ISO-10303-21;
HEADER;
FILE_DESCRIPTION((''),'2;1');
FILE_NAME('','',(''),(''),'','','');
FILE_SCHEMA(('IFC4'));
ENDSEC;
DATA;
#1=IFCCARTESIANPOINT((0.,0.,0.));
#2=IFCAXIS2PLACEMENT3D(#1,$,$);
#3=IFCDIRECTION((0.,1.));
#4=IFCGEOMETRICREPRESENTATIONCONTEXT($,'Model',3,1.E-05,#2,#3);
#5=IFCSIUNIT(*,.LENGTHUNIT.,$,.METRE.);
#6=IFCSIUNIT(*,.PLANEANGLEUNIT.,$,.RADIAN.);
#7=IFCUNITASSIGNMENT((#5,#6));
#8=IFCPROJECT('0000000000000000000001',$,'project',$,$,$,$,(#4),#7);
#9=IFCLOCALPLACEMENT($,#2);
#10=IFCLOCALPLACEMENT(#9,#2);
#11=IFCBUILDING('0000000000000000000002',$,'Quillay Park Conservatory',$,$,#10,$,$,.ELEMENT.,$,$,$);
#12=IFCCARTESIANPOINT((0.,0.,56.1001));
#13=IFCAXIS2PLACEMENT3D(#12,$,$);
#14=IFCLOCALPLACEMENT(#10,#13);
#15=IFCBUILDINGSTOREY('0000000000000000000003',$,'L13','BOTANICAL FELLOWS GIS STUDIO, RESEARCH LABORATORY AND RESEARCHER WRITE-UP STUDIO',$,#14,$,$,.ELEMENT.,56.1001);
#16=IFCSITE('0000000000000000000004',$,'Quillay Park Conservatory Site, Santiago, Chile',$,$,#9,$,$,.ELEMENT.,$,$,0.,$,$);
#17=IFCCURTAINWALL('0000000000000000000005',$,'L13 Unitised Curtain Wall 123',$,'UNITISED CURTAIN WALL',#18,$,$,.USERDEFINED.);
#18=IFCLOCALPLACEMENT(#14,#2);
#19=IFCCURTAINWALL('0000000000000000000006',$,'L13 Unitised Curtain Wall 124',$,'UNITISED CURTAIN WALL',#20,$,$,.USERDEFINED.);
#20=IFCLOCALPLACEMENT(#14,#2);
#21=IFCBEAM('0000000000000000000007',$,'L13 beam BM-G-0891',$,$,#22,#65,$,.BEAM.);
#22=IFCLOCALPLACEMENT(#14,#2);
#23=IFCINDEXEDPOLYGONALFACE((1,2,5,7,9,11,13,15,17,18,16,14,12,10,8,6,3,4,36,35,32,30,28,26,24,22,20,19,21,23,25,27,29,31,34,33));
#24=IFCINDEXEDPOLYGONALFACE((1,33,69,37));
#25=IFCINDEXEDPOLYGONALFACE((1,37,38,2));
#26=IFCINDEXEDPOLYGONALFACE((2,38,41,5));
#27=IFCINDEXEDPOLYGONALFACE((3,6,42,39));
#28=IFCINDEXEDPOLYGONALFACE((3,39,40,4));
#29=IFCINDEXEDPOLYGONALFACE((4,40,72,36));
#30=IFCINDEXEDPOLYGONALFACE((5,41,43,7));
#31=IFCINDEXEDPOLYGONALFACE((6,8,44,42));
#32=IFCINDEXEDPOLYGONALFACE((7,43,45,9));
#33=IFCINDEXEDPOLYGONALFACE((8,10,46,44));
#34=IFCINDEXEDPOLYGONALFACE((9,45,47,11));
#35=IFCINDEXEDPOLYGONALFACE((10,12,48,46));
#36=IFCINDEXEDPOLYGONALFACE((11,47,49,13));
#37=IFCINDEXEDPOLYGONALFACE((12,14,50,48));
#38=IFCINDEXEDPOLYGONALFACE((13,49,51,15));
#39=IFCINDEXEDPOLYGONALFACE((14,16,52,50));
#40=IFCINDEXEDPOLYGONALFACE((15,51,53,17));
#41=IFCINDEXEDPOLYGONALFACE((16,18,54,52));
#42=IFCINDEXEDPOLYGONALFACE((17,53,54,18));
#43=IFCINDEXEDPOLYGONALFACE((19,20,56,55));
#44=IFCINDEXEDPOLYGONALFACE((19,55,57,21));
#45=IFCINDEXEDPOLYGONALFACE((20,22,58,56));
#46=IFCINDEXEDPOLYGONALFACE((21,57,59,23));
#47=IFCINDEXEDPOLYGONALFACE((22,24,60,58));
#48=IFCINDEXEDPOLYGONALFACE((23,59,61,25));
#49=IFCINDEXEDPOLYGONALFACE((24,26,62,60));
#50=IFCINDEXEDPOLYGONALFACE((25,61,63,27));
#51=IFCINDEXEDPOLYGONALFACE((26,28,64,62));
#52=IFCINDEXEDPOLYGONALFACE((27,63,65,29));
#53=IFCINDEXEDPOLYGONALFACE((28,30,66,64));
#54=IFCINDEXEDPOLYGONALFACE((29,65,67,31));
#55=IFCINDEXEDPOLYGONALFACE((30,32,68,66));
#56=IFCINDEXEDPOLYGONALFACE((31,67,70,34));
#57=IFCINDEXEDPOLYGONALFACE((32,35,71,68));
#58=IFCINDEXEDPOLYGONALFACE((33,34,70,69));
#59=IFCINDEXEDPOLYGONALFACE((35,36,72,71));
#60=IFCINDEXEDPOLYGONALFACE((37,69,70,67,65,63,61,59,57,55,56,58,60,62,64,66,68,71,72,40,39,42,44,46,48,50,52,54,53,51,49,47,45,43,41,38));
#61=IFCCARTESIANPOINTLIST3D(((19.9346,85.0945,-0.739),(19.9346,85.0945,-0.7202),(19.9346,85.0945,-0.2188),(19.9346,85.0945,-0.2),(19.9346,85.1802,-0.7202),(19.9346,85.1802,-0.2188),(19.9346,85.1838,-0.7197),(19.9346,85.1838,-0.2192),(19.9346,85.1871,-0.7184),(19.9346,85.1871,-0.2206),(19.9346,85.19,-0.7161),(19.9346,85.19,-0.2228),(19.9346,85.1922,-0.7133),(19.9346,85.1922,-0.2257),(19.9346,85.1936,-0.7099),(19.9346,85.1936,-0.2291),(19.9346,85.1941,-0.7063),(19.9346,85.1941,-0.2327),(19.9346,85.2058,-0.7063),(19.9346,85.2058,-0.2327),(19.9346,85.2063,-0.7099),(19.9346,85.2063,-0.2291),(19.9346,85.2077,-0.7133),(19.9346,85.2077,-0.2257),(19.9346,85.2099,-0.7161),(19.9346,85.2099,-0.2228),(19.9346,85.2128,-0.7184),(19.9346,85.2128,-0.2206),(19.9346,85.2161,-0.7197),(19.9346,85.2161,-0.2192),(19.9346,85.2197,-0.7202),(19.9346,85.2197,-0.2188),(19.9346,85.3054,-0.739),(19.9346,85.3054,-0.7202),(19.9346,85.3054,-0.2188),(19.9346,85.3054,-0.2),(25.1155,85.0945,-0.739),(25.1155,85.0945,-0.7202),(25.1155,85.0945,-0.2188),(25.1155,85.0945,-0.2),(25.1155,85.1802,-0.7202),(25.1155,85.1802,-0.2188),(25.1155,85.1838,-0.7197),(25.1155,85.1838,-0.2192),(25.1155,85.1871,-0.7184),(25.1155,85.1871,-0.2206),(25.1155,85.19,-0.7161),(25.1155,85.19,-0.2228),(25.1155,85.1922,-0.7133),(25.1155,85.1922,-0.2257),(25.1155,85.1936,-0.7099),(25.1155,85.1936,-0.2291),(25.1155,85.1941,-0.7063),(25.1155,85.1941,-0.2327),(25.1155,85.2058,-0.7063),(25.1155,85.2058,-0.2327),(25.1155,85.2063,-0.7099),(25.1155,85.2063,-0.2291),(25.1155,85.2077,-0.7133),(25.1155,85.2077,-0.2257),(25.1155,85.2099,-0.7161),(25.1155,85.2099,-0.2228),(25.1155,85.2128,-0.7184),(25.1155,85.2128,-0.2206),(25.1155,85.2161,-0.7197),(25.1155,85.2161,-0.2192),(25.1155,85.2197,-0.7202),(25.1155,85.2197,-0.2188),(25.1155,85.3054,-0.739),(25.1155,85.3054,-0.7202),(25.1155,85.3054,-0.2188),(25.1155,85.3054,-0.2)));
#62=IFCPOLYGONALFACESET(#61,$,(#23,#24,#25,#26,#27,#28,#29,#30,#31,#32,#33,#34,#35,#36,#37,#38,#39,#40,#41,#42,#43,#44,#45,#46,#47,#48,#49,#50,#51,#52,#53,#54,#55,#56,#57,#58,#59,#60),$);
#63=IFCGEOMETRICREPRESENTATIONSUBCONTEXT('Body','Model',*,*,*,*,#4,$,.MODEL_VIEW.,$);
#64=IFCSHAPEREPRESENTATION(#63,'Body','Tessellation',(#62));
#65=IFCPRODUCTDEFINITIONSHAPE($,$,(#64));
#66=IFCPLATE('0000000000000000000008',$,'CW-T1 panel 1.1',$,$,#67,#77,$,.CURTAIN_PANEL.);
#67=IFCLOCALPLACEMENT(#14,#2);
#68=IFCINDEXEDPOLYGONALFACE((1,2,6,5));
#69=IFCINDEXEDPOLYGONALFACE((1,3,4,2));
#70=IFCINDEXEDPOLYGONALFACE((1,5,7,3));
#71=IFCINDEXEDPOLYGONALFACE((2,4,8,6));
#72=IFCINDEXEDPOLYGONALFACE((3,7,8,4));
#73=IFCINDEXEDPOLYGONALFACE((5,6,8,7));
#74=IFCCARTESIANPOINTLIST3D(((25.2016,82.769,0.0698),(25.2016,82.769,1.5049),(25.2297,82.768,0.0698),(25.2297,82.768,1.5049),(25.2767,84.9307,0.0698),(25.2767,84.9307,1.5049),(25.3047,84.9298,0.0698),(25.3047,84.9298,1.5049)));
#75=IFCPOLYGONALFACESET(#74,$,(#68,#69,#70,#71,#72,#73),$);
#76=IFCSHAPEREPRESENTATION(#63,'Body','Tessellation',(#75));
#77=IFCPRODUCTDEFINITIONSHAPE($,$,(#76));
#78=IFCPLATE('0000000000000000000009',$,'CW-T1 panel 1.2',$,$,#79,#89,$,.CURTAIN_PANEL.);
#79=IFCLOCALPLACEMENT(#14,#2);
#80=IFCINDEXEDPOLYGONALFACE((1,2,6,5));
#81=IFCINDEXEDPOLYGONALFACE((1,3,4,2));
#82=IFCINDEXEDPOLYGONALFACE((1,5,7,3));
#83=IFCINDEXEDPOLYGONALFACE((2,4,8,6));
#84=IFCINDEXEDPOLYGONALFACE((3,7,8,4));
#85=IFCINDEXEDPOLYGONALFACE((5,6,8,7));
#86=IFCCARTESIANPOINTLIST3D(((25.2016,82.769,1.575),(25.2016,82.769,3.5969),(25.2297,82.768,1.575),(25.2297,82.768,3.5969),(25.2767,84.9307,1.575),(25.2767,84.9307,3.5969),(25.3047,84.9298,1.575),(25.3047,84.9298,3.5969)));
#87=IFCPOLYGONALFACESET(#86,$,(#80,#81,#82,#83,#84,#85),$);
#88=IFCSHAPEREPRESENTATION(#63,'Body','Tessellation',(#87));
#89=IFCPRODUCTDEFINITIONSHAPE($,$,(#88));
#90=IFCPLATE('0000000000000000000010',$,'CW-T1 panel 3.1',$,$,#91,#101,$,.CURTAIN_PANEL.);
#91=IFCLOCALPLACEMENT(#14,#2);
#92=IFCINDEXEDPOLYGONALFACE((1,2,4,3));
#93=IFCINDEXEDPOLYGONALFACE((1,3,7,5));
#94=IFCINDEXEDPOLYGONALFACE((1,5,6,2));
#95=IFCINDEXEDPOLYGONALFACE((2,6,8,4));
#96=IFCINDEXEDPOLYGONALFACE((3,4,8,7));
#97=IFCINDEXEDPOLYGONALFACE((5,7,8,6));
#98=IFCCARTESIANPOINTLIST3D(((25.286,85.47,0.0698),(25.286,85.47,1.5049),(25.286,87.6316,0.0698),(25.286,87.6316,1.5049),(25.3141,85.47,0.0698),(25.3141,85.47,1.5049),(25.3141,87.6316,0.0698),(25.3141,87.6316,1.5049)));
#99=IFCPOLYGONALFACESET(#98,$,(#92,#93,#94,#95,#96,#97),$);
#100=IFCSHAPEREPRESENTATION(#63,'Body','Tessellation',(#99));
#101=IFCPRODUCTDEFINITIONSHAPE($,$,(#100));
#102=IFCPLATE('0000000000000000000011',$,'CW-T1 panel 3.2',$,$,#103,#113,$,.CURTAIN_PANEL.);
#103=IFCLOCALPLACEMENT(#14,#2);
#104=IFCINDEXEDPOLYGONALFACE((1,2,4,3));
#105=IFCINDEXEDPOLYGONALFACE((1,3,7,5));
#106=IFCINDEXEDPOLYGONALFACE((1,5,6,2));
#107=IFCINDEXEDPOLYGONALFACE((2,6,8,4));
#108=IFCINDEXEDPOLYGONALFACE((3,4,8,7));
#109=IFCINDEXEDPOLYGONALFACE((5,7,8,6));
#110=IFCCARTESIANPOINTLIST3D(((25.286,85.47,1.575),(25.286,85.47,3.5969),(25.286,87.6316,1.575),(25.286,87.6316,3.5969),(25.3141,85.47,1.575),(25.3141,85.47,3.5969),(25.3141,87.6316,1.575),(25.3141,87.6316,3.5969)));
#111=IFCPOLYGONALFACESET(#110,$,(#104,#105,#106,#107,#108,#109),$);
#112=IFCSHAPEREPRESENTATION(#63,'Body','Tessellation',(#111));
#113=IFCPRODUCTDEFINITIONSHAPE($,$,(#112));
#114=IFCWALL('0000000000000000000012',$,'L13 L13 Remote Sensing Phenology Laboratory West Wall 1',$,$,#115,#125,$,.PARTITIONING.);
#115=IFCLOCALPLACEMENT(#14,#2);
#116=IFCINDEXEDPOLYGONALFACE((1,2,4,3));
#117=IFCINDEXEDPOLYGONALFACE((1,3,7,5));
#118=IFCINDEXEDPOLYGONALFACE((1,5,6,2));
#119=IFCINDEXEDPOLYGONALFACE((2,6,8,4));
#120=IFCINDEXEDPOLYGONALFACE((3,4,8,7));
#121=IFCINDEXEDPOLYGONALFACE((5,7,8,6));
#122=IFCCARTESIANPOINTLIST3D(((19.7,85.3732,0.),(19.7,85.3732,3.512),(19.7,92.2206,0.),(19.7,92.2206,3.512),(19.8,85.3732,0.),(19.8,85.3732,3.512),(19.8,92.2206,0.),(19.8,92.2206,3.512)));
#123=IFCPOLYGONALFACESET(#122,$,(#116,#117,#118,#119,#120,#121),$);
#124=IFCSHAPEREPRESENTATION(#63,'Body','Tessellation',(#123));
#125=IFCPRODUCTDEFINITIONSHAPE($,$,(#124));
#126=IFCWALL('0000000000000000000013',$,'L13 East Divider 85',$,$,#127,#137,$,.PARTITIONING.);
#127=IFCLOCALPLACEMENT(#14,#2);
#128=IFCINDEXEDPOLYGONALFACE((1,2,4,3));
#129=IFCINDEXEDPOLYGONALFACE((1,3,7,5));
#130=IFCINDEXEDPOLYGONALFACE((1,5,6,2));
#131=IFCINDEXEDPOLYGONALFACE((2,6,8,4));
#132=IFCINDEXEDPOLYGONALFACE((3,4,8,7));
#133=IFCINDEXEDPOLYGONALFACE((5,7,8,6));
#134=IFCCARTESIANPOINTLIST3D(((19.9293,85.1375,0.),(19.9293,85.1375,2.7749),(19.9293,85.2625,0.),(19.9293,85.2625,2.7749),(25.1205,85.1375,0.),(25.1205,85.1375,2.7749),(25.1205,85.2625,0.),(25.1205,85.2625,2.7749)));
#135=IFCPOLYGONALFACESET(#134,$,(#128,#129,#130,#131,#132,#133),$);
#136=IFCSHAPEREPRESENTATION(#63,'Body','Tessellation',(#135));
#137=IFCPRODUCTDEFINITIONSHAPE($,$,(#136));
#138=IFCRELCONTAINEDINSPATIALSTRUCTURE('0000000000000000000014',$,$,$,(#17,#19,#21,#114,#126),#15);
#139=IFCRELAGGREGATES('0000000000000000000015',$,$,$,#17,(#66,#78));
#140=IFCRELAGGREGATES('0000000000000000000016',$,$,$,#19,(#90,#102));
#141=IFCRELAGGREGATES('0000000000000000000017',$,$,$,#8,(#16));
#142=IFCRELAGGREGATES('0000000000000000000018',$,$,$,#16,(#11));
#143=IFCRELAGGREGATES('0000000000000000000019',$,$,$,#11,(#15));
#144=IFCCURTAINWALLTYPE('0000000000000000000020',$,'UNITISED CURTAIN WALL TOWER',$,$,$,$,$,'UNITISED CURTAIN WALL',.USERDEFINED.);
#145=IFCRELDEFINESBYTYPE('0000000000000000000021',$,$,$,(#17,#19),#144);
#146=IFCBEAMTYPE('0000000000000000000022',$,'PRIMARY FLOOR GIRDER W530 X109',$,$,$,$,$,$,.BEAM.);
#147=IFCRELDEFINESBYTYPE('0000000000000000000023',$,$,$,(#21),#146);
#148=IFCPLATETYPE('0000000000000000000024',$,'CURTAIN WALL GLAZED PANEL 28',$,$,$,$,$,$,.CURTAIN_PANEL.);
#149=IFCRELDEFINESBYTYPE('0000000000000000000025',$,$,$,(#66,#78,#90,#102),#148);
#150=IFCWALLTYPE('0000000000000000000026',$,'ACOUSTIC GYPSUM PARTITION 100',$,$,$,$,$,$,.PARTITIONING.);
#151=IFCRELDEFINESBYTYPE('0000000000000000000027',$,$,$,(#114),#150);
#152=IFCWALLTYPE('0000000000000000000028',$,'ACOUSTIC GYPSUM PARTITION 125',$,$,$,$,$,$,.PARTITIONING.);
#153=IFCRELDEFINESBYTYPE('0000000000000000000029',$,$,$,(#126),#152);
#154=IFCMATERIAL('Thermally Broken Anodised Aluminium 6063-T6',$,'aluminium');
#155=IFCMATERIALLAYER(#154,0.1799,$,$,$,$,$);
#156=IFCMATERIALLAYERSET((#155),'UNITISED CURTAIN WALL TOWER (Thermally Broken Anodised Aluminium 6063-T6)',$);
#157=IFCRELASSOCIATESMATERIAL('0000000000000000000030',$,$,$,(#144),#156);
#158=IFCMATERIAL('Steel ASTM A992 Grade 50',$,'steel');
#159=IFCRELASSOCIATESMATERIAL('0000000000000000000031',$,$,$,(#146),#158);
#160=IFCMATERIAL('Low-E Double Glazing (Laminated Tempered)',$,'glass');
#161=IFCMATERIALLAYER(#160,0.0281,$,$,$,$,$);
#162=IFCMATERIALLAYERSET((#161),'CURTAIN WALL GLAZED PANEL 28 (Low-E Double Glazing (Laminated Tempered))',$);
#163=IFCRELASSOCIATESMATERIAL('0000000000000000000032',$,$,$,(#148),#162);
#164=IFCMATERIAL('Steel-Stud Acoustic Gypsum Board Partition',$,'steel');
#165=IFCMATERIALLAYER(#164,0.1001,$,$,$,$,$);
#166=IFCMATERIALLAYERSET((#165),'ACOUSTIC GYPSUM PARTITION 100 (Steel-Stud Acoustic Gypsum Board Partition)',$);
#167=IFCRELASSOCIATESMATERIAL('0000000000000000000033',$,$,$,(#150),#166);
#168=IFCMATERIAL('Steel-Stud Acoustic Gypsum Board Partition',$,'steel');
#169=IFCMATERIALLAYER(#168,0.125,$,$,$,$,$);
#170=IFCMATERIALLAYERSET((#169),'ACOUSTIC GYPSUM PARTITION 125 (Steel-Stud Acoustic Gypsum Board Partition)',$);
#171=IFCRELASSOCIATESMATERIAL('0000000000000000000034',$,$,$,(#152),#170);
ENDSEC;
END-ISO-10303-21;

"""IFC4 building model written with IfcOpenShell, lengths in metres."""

from ifc_helpers import new_model, si_unit, direction, frame, frame_2d, origin, origin_2d, place, context, subcontext, project, spatial, rectangle, i_section, extrude, material, layer, layer_set, material_profile, profile_set, type_object, element, aggregate, save


model = new_model("IFC4")

# Units and contexts
model_context = context("Model", 3, precision=1e-05, world=origin(), true_north=direction((0.0, 1.0)))
body_context = subcontext(model_context, "Body", "Model", "MODEL_VIEW")
ifc_project = project(units=[si_unit("LENGTHUNIT", "METRE"), si_unit("PLANEANGLEUNIT", "RADIAN")], contexts=[model_context])

# Site, building, storey
site_placement = place(None, origin())
site = spatial("IfcSite", under=ifc_project, at=site_placement, Name="Quillay Park Conservatory Site, Santiago, Chile", CompositionType="ELEMENT", RefElevation=0.0)
building_placement = place(site_placement, origin())
building = spatial("IfcBuilding", under=site, at=building_placement, Name="Quillay Park Conservatory", CompositionType="ELEMENT")
storey_placement = place(building_placement, frame((0.0, 0.0, 56.1001)))
storey = spatial("IfcBuildingStorey", under=building, at=storey_placement, Name="L13", Description="BOTANICAL FELLOWS GIS STUDIO, RESEARCH LABORATORY AND RESEARCHER WRITE-UP STUDIO", CompositionType="ELEMENT", Elevation=56.1001)

# Curtain wall
ifc_material_1 = material(Name="Thermally Broken Anodised Aluminium 6063-T6", Category="aluminium")
ifc_layer_1 = layer(ifc_material_1, 0.1799)
ifc_layer_set_1 = layer_set([ifc_layer_1], Name="UNITISED CURTAIN WALL TOWER (Thermally Broken Anodised Aluminium 6063-T6)")
curtain_wall_type = type_object("IfcCurtainWallType", Name="UNITISED CURTAIN WALL TOWER", ElementType="UNITISED CURTAIN WALL", PredefinedType="USERDEFINED", material=ifc_layer_set_1)
curtain_wall_1_placement = place(storey_placement, origin())
curtain_wall_1 = element("IfcCurtainWall", 1, at=curtain_wall_1_placement, inside=storey, type_object=curtain_wall_type, Name="L13 Unitised Curtain Wall 123", ObjectType="UNITISED CURTAIN WALL", PredefinedType="USERDEFINED")

# Curtain wall
curtain_wall_2_placement = place(storey_placement, origin())
curtain_wall_2 = element("IfcCurtainWall", 2, at=curtain_wall_2_placement, inside=storey, type_object=curtain_wall_type, Name="L13 Unitised Curtain Wall 124", ObjectType="UNITISED CURTAIN WALL", PredefinedType="USERDEFINED")

# Beam
ifc_material_2 = material(Name="Steel ASTM A992 Grade 50", Category="steel")
ifc_material_profile_1 = material_profile(ifc_material_2, i_section(OverallWidth=0.2109, OverallDepth=0.5391, WebThickness=0.0117, FlangeThickness=0.0188, FilletRadius=0.0139, at=origin_2d()), Name="W530x109")
ifc_profile_set_1 = profile_set([ifc_material_profile_1], Name="Steel ASTM A992 Grade 50")
beam_type_1 = type_object("IfcBeamType", Name="PRIMARY FLOOR GIRDER W530 X109", PredefinedType="BEAM", material=ifc_profile_set_1)
beam_1_placement = place(storey_placement, frame((19.9346, 85.2, -0.4695), z_axis=(1.0, 0.0, 0.0), x_axis=(0.0, 1.0, 0.0)))
element("IfcBeam", 3, at=beam_1_placement, inside=storey, type_object=beam_type_1, Name="L13 beam BM-G-0891", PredefinedType="BEAM", context=body_context, shape_type="SweptSolid", body=[
    extrude(i_section(OverallWidth=0.2109, OverallDepth=0.5391, WebThickness=0.0117, FlangeThickness=0.0188, FilletRadius=0.0139, at=origin_2d()), origin(), (0.0, 0.0, 1.0), 5.1809),
])

# Plates
ifc_material_3 = material(Name="Low-E Double Glazing (Laminated Tempered)", Category="glass")
ifc_layer_2 = layer(ifc_material_3, 0.0281)
ifc_layer_set_2 = layer_set([ifc_layer_2], Name="CURTAIN WALL GLAZED PANEL 28 (Low-E Double Glazing (Laminated Tempered))")
plate_type = type_object("IfcPlateType", Name="CURTAIN WALL GLAZED PANEL 28", PredefinedType="CURTAIN_PANEL", material=ifc_layer_set_2)
plate_1_placement = place(storey_placement, frame((25.2532, 83.8494, 0.0698), z_axis=(0.0, 0.0, 1.0), x_axis=(-0.034713, -0.999397, 0.0)))
plate_1 = element("IfcPlate", 4, at=plate_1_placement, type_object=plate_type, Name="CW-T1 panel 1.1", PredefinedType="CURTAIN_PANEL", context=body_context, shape_type="SweptSolid", body=[
    extrude(rectangle(XDim=2.1631, YDim=0.0281, at=origin_2d()), origin(), (0.0, 0.0, 1.0), 1.4351),
])
plate_2_placement = place(storey_placement, frame((25.2532, 83.8494, 1.575), z_axis=(0.0, 0.0, 1.0), x_axis=(-0.034713, -0.999397, 0.0)))
plate_2 = element("IfcPlate", 5, at=plate_2_placement, type_object=plate_type, Name="CW-T1 panel 1.2", PredefinedType="CURTAIN_PANEL", context=body_context, shape_type="SweptSolid", body=[
    extrude(rectangle(XDim=2.1631, YDim=0.0281, at=origin_2d()), origin(), (0.0, 0.0, 1.0), 2.022),
])
aggregate(curtain_wall_1, [plate_1, plate_2])
plate_3_placement = place(storey_placement, frame((25.3, 86.5508, 0.0698), z_axis=(0.0, 0.0, 1.0), x_axis=(0.0, -1.0, 0.0)))
plate_3 = element("IfcPlate", 6, at=plate_3_placement, type_object=plate_type, Name="CW-T1 panel 3.1", PredefinedType="CURTAIN_PANEL", context=body_context, shape_type="SweptSolid", body=[
    extrude(rectangle(XDim=2.1616, YDim=0.0281, at=origin_2d()), origin(), (0.0, 0.0, 1.0), 1.4351),
])
plate_4_placement = place(storey_placement, frame((25.3, 86.5508, 1.575), z_axis=(0.0, 0.0, 1.0), x_axis=(0.0, -1.0, 0.0)))
plate_4 = element("IfcPlate", 7, at=plate_4_placement, type_object=plate_type, Name="CW-T1 panel 3.2", PredefinedType="CURTAIN_PANEL", context=body_context, shape_type="SweptSolid", body=[
    extrude(rectangle(XDim=2.1616, YDim=0.0281, at=origin_2d()), origin(), (0.0, 0.0, 1.0), 2.022),
])
aggregate(curtain_wall_2, [plate_3, plate_4])

# Walls
ifc_material_4 = material(Name="Steel-Stud Acoustic Gypsum Board Partition", Category="steel")
ifc_layer_3 = layer(ifc_material_4, 0.1001)
ifc_layer_set_3 = layer_set([ifc_layer_3], Name="ACOUSTIC GYPSUM PARTITION 100 (Steel-Stud Acoustic Gypsum Board Partition)")
wall_type_1 = type_object("IfcWallType", Name="ACOUSTIC GYPSUM PARTITION 100", PredefinedType="PARTITIONING", material=ifc_layer_set_3)
wall_1_placement = place(storey_placement, frame((19.75, 85.373, 0.0), z_axis=(0.0, 0.0, 1.0), x_axis=(0.0, 1.0, 0.0)))
element("IfcWall", 8, at=wall_1_placement, inside=storey, type_object=wall_type_1, Name="L13 L13 Remote Sensing Phenology Laboratory West Wall 1", PredefinedType="PARTITIONING", context=body_context, shape_type="SweptSolid", body=[
    extrude(rectangle(XDim=6.8474, YDim=0.1001, at=frame_2d((3.4238, 0.0))), origin(), (0.0, 0.0, 1.0), 3.512),
])
ifc_material_5 = material(Name="Steel-Stud Acoustic Gypsum Board Partition", Category="steel")
ifc_layer_4 = layer(ifc_material_5, 0.125)
ifc_layer_set_4 = layer_set([ifc_layer_4], Name="ACOUSTIC GYPSUM PARTITION 125 (Steel-Stud Acoustic Gypsum Board Partition)")
wall_type_2 = type_object("IfcWallType", Name="ACOUSTIC GYPSUM PARTITION 125", PredefinedType="PARTITIONING", material=ifc_layer_set_4)
wall_2_placement = place(storey_placement, frame((25.1206, 85.2, 0.0), z_axis=(0.0, 0.0, 1.0), x_axis=(-1.0, 0.0, 0.0)))
element("IfcWall", 9, at=wall_2_placement, inside=storey, type_object=wall_type_2, Name="L13 East Divider 85", PredefinedType="PARTITIONING", context=body_context, shape_type="SweptSolid", body=[
    extrude(rectangle(XDim=5.1912, YDim=0.125, at=frame_2d((2.5957, 0.0))), origin(), (0.0, 0.0, 1.0), 2.7749),
])

save(model, "model.ifc")
